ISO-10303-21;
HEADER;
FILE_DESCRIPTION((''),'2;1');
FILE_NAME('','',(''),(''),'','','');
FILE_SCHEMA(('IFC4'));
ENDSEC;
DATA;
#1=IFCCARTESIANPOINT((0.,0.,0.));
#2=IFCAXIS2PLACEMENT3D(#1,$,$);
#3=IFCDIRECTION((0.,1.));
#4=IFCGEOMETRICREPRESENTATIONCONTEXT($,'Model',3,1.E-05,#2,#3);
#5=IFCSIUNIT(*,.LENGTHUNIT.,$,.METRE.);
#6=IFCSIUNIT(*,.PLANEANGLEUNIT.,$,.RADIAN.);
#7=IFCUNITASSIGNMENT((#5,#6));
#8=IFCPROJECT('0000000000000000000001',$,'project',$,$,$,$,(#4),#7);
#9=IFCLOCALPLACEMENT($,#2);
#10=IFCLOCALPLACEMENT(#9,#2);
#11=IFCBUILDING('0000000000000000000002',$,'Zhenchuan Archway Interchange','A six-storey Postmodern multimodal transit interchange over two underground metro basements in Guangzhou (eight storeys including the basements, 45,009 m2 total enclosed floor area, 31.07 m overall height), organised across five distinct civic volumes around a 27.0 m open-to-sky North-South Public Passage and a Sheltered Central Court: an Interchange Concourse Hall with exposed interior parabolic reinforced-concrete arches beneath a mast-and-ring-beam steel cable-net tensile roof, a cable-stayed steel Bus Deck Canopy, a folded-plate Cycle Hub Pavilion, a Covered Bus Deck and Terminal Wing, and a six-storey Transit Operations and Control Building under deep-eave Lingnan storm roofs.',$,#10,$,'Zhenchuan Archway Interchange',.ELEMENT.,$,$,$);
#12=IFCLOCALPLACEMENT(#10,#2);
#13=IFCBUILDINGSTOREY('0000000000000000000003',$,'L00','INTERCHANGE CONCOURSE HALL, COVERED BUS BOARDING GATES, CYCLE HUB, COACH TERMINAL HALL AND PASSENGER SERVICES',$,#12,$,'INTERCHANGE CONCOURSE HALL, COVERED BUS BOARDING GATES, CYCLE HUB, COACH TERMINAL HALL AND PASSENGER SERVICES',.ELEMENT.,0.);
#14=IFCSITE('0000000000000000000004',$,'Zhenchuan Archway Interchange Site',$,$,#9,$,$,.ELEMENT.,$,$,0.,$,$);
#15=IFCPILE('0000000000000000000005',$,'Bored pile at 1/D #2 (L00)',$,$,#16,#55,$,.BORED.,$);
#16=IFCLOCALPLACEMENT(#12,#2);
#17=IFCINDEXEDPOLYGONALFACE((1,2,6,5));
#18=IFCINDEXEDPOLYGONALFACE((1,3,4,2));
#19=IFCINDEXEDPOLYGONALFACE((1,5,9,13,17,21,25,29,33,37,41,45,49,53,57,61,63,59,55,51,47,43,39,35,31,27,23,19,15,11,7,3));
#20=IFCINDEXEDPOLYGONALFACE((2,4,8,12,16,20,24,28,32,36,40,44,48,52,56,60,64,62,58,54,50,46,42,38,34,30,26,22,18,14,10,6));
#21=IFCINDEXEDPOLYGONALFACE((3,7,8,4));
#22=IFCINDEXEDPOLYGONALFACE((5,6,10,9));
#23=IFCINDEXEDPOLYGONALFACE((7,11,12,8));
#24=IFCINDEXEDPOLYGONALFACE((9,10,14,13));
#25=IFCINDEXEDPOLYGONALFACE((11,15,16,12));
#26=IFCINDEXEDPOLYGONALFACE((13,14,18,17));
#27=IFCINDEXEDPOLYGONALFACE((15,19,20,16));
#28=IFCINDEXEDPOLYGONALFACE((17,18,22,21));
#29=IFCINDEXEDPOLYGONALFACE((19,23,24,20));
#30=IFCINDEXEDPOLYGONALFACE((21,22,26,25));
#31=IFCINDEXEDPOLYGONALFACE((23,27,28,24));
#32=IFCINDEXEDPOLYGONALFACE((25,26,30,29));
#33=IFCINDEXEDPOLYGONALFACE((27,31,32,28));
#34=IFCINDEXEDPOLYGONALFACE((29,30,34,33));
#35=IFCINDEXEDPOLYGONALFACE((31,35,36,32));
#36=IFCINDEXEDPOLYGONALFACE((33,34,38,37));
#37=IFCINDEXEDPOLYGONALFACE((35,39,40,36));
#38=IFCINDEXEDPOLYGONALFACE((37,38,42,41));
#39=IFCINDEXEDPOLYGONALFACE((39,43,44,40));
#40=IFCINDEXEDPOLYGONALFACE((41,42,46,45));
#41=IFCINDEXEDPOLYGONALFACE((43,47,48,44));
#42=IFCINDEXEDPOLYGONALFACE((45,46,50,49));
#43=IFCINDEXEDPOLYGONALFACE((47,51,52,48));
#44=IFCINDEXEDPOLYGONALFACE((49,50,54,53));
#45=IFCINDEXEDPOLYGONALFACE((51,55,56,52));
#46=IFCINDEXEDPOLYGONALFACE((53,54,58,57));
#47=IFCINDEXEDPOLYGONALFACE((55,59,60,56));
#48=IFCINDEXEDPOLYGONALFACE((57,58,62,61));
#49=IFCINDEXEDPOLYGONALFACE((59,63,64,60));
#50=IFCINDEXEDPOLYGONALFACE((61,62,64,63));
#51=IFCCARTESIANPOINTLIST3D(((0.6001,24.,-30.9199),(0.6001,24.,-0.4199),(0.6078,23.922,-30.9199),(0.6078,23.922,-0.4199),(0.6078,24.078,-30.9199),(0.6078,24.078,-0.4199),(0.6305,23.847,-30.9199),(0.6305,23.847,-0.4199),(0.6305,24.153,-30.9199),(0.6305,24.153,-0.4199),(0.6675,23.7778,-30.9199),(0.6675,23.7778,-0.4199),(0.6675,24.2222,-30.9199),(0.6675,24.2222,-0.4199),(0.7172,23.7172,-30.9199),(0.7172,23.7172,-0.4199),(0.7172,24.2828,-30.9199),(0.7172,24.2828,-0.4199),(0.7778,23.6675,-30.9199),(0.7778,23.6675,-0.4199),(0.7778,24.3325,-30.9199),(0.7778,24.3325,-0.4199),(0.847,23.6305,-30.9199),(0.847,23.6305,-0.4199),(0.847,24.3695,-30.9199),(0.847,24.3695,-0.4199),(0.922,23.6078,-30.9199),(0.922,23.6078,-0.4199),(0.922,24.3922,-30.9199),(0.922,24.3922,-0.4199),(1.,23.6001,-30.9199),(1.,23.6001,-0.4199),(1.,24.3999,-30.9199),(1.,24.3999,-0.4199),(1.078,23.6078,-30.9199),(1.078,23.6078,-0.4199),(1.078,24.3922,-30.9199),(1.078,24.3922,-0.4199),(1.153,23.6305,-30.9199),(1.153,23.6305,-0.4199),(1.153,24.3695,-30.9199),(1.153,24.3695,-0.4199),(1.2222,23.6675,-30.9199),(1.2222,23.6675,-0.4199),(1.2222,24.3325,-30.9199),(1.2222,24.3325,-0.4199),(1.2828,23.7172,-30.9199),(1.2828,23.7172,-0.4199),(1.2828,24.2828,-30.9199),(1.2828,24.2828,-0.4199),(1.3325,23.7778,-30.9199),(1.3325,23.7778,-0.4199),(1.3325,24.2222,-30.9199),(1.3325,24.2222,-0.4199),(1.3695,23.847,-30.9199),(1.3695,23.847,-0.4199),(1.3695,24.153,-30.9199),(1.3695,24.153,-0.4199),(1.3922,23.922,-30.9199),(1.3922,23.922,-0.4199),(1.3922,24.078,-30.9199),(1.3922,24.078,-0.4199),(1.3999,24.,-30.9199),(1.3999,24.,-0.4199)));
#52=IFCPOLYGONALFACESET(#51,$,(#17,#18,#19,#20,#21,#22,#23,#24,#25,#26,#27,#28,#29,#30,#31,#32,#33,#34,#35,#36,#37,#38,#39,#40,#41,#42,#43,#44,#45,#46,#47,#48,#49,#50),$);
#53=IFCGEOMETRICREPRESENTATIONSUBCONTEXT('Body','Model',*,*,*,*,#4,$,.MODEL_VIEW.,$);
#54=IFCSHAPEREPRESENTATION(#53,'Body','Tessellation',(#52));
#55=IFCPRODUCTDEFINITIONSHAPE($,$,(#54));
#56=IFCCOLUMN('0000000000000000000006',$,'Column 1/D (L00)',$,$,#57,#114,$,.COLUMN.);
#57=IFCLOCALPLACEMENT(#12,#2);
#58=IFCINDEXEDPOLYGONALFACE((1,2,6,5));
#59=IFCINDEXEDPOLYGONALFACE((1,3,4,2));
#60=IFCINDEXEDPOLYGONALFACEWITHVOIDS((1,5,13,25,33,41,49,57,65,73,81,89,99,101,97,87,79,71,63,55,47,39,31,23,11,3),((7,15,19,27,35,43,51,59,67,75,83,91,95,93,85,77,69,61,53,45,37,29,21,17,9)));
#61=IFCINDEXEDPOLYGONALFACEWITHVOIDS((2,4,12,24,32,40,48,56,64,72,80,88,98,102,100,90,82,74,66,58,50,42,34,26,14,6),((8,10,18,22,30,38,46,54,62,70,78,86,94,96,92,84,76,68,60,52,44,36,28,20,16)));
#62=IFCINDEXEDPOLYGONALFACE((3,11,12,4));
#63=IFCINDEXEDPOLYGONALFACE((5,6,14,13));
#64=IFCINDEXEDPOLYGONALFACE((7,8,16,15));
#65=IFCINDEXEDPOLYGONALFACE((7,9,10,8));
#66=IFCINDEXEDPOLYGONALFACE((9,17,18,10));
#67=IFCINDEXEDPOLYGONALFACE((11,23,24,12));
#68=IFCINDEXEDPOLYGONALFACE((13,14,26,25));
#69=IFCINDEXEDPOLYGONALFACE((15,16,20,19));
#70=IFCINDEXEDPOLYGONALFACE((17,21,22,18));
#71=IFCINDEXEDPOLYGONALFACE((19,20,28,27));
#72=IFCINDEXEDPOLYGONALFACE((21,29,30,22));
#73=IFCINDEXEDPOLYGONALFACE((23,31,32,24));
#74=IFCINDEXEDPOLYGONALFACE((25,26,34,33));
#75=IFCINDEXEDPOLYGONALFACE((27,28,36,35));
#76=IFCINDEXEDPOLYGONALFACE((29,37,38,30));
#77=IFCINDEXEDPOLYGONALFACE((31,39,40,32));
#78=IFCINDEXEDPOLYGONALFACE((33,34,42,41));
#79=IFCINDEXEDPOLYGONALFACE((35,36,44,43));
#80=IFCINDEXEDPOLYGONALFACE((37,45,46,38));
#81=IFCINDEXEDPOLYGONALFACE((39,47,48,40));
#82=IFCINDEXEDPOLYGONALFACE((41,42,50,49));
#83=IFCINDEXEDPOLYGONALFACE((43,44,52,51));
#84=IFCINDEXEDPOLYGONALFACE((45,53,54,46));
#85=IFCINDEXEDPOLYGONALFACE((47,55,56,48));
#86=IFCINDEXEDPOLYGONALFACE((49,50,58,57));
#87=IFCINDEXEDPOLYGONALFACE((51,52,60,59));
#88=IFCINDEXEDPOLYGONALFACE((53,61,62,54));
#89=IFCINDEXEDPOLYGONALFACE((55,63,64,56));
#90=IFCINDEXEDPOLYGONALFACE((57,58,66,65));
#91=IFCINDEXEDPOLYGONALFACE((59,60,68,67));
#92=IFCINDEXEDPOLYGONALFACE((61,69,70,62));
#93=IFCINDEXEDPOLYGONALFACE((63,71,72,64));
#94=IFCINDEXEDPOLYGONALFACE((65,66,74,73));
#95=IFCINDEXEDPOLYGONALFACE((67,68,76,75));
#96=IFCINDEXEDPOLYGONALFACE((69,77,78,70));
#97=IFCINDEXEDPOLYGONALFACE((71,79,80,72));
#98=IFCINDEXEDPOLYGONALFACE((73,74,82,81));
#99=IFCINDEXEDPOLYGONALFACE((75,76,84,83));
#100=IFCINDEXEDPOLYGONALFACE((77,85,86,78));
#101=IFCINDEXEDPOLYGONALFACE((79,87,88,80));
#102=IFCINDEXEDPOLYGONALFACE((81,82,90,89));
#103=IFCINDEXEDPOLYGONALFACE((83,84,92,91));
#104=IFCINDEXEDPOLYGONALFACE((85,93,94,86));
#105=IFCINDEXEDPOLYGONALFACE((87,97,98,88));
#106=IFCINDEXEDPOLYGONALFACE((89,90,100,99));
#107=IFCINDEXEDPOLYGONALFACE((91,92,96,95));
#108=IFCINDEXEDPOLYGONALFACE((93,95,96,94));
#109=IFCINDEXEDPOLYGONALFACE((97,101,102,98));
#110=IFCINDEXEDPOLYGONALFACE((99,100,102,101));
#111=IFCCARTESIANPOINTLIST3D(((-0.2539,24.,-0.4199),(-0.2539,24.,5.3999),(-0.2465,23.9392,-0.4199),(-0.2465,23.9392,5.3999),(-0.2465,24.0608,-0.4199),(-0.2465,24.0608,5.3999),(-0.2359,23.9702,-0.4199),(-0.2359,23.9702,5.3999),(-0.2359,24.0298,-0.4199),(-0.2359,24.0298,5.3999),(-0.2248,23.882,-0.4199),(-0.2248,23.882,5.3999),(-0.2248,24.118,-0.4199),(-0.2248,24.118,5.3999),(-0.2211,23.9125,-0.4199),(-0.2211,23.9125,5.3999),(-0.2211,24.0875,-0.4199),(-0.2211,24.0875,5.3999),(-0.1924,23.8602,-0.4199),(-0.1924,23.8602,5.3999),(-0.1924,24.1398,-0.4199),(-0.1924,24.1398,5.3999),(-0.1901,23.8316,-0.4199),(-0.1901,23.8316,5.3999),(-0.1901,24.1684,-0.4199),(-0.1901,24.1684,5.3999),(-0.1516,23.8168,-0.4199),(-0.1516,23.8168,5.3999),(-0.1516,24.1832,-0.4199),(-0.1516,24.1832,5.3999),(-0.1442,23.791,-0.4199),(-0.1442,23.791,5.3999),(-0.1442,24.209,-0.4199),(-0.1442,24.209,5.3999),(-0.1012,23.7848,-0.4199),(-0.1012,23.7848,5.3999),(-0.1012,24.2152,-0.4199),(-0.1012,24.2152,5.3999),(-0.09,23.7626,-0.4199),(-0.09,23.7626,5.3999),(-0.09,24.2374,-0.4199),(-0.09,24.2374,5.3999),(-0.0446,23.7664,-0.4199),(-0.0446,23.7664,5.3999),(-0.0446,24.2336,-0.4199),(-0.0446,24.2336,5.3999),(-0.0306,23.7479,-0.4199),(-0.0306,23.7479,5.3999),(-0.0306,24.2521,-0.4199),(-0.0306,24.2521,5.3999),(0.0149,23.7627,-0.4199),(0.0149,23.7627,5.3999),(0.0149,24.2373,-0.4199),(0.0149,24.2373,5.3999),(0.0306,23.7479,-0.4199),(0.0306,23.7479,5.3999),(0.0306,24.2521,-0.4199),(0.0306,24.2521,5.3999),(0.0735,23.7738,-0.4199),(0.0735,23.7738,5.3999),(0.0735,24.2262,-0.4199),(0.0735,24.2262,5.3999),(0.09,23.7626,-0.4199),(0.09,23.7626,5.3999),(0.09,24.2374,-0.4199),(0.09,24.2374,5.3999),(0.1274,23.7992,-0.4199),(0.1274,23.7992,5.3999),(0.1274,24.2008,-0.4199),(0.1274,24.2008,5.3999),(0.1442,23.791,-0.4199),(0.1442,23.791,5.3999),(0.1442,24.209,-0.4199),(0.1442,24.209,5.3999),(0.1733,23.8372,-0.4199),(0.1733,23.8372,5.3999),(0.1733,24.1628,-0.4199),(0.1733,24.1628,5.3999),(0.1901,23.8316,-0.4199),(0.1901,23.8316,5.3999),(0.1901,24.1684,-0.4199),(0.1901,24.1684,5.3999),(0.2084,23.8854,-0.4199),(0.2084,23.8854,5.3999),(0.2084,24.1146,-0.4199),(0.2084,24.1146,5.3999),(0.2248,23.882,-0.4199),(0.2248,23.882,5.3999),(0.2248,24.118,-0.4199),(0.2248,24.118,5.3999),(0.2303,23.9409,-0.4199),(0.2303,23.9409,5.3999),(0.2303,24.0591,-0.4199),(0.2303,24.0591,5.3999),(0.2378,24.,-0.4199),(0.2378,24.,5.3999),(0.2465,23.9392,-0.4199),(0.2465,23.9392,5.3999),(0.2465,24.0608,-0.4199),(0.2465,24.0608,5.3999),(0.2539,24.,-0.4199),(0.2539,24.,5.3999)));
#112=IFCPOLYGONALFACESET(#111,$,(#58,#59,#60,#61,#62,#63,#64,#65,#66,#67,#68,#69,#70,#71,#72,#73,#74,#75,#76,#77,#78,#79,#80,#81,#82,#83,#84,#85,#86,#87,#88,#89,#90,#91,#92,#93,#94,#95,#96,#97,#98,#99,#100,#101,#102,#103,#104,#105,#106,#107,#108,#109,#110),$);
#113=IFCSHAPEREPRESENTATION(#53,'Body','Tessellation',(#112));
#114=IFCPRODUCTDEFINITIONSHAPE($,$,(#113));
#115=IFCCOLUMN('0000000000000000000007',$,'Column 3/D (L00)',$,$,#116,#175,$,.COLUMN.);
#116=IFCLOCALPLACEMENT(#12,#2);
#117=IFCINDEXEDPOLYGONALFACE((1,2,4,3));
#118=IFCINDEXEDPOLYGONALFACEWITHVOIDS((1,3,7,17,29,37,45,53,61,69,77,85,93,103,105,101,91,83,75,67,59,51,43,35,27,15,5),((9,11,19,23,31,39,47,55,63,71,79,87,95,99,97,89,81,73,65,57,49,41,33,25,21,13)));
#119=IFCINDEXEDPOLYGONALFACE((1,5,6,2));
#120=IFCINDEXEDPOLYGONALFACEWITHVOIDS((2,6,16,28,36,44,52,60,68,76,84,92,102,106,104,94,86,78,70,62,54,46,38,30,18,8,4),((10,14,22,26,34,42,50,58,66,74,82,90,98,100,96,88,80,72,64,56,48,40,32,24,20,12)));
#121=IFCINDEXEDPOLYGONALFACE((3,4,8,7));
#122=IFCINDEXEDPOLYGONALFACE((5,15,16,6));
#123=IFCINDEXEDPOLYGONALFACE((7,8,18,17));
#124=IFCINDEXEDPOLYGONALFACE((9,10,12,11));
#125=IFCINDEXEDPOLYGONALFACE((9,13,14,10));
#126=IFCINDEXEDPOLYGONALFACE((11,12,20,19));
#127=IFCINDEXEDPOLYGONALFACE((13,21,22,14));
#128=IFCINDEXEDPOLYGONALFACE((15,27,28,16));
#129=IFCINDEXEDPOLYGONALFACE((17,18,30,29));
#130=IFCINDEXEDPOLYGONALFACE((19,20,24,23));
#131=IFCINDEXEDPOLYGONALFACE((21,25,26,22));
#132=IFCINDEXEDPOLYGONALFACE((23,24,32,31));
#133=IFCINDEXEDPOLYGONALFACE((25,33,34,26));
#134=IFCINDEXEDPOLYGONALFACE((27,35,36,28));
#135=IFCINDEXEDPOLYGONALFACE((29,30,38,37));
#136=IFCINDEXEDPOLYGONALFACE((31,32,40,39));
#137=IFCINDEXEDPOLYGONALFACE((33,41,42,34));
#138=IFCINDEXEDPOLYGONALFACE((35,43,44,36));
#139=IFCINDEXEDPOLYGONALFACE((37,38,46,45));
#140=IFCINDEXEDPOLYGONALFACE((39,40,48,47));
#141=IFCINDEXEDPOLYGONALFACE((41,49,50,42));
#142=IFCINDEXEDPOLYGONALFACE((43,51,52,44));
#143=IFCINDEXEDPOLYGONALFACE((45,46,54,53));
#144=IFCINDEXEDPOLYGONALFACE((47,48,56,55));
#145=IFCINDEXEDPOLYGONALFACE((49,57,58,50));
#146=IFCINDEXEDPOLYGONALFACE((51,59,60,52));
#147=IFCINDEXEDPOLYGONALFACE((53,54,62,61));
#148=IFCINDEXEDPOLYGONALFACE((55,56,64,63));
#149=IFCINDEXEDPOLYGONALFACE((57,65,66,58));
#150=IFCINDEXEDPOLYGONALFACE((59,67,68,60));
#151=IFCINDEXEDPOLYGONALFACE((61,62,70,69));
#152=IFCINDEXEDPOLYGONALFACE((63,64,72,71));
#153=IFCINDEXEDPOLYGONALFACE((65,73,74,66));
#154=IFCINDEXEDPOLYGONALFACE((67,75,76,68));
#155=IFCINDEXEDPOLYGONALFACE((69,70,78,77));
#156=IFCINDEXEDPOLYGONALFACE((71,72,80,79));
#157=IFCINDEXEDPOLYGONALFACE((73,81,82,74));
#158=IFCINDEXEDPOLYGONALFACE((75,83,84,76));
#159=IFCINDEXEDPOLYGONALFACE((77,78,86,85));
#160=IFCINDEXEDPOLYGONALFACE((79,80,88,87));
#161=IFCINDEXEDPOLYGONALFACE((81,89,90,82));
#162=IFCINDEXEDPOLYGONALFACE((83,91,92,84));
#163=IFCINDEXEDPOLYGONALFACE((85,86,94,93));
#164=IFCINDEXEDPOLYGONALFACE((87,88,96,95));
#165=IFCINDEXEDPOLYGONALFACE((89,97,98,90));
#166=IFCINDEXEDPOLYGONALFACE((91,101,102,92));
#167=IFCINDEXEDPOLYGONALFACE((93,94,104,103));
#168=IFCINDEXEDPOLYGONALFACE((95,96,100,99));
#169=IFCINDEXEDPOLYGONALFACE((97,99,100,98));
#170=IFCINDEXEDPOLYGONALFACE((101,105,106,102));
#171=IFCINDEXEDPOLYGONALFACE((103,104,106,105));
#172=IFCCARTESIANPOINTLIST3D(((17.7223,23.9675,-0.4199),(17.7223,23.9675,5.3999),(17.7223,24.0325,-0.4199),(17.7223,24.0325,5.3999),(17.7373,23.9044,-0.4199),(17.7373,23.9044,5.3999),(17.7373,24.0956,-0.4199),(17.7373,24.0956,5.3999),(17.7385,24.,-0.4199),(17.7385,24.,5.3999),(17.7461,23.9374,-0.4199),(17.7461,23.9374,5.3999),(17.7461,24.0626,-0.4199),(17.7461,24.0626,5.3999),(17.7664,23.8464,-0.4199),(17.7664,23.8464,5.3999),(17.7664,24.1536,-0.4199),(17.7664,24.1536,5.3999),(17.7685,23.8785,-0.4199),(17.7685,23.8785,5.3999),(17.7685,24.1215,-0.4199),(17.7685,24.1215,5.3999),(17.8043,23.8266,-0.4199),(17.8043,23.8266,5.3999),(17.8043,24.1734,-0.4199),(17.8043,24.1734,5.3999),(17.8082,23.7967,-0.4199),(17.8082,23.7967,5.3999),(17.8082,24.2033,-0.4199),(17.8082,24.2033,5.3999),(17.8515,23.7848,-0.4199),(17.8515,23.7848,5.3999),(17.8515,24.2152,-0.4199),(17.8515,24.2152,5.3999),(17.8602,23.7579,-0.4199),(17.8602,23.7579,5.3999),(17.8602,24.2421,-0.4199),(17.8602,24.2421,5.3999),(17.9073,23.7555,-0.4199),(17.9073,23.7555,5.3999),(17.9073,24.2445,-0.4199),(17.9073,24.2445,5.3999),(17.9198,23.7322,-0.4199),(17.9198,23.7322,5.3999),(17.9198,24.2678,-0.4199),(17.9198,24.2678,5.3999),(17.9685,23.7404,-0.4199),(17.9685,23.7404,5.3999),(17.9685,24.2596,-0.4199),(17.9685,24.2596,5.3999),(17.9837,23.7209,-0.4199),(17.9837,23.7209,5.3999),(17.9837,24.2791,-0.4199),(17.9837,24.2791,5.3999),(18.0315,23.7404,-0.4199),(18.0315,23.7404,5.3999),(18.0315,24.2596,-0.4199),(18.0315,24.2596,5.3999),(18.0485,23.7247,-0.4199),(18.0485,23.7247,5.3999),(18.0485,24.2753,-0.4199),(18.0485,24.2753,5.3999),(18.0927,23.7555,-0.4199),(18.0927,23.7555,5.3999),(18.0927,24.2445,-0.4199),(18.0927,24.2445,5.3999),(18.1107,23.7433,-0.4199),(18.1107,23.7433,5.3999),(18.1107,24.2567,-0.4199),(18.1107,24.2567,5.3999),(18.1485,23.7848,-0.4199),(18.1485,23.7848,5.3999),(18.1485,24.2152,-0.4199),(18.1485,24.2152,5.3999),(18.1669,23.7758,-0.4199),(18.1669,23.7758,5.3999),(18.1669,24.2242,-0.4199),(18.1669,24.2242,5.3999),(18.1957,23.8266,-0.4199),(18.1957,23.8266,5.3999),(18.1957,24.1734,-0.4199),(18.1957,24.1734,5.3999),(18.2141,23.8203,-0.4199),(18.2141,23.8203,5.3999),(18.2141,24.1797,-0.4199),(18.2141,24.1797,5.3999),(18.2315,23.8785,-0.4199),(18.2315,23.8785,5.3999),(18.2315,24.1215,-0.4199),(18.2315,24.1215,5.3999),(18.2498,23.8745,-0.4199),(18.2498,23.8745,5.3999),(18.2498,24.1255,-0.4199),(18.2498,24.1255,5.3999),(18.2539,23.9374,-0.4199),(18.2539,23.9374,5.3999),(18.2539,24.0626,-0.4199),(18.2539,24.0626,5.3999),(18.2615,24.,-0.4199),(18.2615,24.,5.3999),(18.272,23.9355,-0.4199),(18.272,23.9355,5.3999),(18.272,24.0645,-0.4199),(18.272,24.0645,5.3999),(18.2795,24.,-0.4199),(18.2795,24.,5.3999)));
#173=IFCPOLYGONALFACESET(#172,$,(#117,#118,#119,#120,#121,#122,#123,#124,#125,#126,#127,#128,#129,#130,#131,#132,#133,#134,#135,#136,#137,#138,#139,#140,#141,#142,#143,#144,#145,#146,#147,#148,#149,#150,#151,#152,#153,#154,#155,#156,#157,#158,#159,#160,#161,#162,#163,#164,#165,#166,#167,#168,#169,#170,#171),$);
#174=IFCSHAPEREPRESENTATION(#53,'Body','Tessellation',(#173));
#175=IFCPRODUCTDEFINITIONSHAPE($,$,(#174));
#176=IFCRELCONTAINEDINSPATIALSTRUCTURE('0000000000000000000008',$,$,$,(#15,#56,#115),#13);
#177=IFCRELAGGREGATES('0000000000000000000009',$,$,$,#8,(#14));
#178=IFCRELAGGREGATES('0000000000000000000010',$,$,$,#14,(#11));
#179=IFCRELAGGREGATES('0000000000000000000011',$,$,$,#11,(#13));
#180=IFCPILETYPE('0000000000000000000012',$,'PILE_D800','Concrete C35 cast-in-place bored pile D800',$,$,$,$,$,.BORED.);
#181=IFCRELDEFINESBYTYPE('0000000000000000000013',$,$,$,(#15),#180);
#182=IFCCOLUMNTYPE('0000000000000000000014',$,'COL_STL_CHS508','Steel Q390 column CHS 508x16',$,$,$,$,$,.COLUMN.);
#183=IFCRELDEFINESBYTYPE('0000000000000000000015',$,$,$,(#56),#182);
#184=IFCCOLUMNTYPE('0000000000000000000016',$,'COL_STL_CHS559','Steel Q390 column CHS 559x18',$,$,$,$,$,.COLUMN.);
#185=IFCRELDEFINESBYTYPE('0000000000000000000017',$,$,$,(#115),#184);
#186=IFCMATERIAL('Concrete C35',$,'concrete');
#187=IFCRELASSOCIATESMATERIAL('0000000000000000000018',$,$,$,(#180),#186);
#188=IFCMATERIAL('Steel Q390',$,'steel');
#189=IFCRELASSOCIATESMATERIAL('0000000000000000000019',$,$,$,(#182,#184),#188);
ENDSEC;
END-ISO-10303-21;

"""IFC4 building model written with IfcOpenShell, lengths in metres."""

from ifc_helpers import new_model, si_unit, direction, frame, origin, origin_2d, place, context, subcontext, project, spatial, circle, hollow_circle, extrude, material, material_profile, profile_set, type_object, element, save


model = new_model("IFC4")

# Units and contexts
model_context = context("Model", 3, precision=1e-05, world=origin(), true_north=direction((0.0, 1.0)))
body_context = subcontext(model_context, "Body", "Model", "MODEL_VIEW")
ifc_project = project(units=[si_unit("LENGTHUNIT", "METRE"), si_unit("PLANEANGLEUNIT", "RADIAN")], contexts=[model_context])

# Site, building, storey
site_placement = place(None, origin())
site = spatial("IfcSite", under=ifc_project, at=site_placement, Name="Zhenchuan Archway Interchange Site", CompositionType="ELEMENT", RefElevation=0.0)
building_placement = place(site_placement, origin())
building = spatial("IfcBuilding", under=site, at=building_placement, Name="Zhenchuan Archway Interchange", Description="A six-storey Postmodern multimodal transit interchange over two underground metro basements in Guangzhou (eight storeys including the basements, 45,009 m2 total enclosed floor area, 31.07 m overall height), organised across five distinct civic volumes around a 27.0 m open-to-sky North-South Public Passage and a Sheltered Central Court: an Interchange Concourse Hall with exposed interior parabolic reinforced-concrete arches beneath a mast-and-ring-beam steel cable-net tensile roof, a cable-stayed steel Bus Deck Canopy, a folded-plate Cycle Hub Pavilion, a Covered Bus Deck and Terminal Wing, and a six-storey Transit Operations and Control Building under deep-eave Lingnan storm roofs.", LongName="Zhenchuan Archway Interchange", CompositionType="ELEMENT")
storey_placement = place(building_placement, origin())
storey = spatial("IfcBuildingStorey", under=building, at=storey_placement, Name="L00", Description="INTERCHANGE CONCOURSE HALL, COVERED BUS BOARDING GATES, CYCLE HUB, COACH TERMINAL HALL AND PASSENGER SERVICES", LongName="INTERCHANGE CONCOURSE HALL, COVERED BUS BOARDING GATES, CYCLE HUB, COACH TERMINAL HALL AND PASSENGER SERVICES", CompositionType="ELEMENT", Elevation=0.0)

# Pile
ifc_material_1 = material(Name="Concrete C35", Category="concrete")
ifc_material_profile_1 = material_profile(ifc_material_1, circle(Radius=0.3999, at=origin_2d()), Name="BORED PILE 800")
ifc_profile_set_1 = profile_set([ifc_material_profile_1], Name="Concrete C35")
pile_type_1 = type_object("IfcPileType", Name="PILE_D800", Description="Concrete C35 cast-in-place bored pile D800", PredefinedType="BORED", material=ifc_profile_set_1)
for number, where, z_axis, x_axis, name in (
    (1, (1.0, 24.0, -0.4199), (0.0, 0.0, -1.0), (1.0, 0.0, 0.0), "Bored pile at 1/D #2 (L00)"),
):
    element("IfcPile", number, at=place(storey_placement, frame(where, z_axis=z_axis, x_axis=x_axis)), inside=storey, type_object=pile_type_1, Name=name, PredefinedType="BORED", context=body_context, shape_type="SweptSolid", body=[
        extrude(circle(Radius=0.3999, at=origin_2d()), origin(), (0.0, 0.0, 1.0), 30.5),
    ])

# Columns
ifc_material_2 = material(Name="Steel Q390", Category="steel")
ifc_material_profile_2 = material_profile(ifc_material_2, hollow_circle(Radius=0.2539, WallThickness=0.0161, at=origin_2d()), Name="CHS 508x16")
ifc_profile_set_2 = profile_set([ifc_material_profile_2], Name="Steel Q390")
column_type_1 = type_object("IfcColumnType", Name="COL_STL_CHS508", Description="Steel Q390 column CHS 508x16", PredefinedType="COLUMN", material=ifc_profile_set_2)
column_1_placement = place(storey_placement, frame((0.0, 24.0, -0.4199), z_axis=(0.0, 0.0, 1.0), x_axis=(1.0, 0.0, 0.0)))
element("IfcColumn", 2, at=column_1_placement, inside=storey, type_object=column_type_1, Name="Column 1/D (L00)", PredefinedType="COLUMN", context=body_context, shape_type="SweptSolid", body=[
    extrude(hollow_circle(Radius=0.2539, WallThickness=0.0161, at=origin_2d()), origin(), (0.0, 0.0, 1.0), 5.8198),
])
ifc_material_profile_3 = material_profile(ifc_material_2, hollow_circle(Radius=0.2795, WallThickness=0.0181, at=origin_2d()), Name="CHS 559x18")
ifc_profile_set_3 = profile_set([ifc_material_profile_3], Name="Steel Q390")
column_type_2 = type_object("IfcColumnType", Name="COL_STL_CHS559", Description="Steel Q390 column CHS 559x18", PredefinedType="COLUMN", material=ifc_profile_set_3)
column_2_placement = place(storey_placement, frame((18.0, 24.0, -0.4199), z_axis=(0.0, 0.0, 1.0), x_axis=(1.0, 0.0, 0.0)))
element("IfcColumn", 3, at=column_2_placement, inside=storey, type_object=column_type_2, Name="Column 3/D (L00)", PredefinedType="COLUMN", context=body_context, shape_type="SweptSolid", body=[
    extrude(hollow_circle(Radius=0.2795, WallThickness=0.0181, at=origin_2d()), origin(), (0.0, 0.0, 1.0), 5.8198),
])

save(model, "model.ifc")
